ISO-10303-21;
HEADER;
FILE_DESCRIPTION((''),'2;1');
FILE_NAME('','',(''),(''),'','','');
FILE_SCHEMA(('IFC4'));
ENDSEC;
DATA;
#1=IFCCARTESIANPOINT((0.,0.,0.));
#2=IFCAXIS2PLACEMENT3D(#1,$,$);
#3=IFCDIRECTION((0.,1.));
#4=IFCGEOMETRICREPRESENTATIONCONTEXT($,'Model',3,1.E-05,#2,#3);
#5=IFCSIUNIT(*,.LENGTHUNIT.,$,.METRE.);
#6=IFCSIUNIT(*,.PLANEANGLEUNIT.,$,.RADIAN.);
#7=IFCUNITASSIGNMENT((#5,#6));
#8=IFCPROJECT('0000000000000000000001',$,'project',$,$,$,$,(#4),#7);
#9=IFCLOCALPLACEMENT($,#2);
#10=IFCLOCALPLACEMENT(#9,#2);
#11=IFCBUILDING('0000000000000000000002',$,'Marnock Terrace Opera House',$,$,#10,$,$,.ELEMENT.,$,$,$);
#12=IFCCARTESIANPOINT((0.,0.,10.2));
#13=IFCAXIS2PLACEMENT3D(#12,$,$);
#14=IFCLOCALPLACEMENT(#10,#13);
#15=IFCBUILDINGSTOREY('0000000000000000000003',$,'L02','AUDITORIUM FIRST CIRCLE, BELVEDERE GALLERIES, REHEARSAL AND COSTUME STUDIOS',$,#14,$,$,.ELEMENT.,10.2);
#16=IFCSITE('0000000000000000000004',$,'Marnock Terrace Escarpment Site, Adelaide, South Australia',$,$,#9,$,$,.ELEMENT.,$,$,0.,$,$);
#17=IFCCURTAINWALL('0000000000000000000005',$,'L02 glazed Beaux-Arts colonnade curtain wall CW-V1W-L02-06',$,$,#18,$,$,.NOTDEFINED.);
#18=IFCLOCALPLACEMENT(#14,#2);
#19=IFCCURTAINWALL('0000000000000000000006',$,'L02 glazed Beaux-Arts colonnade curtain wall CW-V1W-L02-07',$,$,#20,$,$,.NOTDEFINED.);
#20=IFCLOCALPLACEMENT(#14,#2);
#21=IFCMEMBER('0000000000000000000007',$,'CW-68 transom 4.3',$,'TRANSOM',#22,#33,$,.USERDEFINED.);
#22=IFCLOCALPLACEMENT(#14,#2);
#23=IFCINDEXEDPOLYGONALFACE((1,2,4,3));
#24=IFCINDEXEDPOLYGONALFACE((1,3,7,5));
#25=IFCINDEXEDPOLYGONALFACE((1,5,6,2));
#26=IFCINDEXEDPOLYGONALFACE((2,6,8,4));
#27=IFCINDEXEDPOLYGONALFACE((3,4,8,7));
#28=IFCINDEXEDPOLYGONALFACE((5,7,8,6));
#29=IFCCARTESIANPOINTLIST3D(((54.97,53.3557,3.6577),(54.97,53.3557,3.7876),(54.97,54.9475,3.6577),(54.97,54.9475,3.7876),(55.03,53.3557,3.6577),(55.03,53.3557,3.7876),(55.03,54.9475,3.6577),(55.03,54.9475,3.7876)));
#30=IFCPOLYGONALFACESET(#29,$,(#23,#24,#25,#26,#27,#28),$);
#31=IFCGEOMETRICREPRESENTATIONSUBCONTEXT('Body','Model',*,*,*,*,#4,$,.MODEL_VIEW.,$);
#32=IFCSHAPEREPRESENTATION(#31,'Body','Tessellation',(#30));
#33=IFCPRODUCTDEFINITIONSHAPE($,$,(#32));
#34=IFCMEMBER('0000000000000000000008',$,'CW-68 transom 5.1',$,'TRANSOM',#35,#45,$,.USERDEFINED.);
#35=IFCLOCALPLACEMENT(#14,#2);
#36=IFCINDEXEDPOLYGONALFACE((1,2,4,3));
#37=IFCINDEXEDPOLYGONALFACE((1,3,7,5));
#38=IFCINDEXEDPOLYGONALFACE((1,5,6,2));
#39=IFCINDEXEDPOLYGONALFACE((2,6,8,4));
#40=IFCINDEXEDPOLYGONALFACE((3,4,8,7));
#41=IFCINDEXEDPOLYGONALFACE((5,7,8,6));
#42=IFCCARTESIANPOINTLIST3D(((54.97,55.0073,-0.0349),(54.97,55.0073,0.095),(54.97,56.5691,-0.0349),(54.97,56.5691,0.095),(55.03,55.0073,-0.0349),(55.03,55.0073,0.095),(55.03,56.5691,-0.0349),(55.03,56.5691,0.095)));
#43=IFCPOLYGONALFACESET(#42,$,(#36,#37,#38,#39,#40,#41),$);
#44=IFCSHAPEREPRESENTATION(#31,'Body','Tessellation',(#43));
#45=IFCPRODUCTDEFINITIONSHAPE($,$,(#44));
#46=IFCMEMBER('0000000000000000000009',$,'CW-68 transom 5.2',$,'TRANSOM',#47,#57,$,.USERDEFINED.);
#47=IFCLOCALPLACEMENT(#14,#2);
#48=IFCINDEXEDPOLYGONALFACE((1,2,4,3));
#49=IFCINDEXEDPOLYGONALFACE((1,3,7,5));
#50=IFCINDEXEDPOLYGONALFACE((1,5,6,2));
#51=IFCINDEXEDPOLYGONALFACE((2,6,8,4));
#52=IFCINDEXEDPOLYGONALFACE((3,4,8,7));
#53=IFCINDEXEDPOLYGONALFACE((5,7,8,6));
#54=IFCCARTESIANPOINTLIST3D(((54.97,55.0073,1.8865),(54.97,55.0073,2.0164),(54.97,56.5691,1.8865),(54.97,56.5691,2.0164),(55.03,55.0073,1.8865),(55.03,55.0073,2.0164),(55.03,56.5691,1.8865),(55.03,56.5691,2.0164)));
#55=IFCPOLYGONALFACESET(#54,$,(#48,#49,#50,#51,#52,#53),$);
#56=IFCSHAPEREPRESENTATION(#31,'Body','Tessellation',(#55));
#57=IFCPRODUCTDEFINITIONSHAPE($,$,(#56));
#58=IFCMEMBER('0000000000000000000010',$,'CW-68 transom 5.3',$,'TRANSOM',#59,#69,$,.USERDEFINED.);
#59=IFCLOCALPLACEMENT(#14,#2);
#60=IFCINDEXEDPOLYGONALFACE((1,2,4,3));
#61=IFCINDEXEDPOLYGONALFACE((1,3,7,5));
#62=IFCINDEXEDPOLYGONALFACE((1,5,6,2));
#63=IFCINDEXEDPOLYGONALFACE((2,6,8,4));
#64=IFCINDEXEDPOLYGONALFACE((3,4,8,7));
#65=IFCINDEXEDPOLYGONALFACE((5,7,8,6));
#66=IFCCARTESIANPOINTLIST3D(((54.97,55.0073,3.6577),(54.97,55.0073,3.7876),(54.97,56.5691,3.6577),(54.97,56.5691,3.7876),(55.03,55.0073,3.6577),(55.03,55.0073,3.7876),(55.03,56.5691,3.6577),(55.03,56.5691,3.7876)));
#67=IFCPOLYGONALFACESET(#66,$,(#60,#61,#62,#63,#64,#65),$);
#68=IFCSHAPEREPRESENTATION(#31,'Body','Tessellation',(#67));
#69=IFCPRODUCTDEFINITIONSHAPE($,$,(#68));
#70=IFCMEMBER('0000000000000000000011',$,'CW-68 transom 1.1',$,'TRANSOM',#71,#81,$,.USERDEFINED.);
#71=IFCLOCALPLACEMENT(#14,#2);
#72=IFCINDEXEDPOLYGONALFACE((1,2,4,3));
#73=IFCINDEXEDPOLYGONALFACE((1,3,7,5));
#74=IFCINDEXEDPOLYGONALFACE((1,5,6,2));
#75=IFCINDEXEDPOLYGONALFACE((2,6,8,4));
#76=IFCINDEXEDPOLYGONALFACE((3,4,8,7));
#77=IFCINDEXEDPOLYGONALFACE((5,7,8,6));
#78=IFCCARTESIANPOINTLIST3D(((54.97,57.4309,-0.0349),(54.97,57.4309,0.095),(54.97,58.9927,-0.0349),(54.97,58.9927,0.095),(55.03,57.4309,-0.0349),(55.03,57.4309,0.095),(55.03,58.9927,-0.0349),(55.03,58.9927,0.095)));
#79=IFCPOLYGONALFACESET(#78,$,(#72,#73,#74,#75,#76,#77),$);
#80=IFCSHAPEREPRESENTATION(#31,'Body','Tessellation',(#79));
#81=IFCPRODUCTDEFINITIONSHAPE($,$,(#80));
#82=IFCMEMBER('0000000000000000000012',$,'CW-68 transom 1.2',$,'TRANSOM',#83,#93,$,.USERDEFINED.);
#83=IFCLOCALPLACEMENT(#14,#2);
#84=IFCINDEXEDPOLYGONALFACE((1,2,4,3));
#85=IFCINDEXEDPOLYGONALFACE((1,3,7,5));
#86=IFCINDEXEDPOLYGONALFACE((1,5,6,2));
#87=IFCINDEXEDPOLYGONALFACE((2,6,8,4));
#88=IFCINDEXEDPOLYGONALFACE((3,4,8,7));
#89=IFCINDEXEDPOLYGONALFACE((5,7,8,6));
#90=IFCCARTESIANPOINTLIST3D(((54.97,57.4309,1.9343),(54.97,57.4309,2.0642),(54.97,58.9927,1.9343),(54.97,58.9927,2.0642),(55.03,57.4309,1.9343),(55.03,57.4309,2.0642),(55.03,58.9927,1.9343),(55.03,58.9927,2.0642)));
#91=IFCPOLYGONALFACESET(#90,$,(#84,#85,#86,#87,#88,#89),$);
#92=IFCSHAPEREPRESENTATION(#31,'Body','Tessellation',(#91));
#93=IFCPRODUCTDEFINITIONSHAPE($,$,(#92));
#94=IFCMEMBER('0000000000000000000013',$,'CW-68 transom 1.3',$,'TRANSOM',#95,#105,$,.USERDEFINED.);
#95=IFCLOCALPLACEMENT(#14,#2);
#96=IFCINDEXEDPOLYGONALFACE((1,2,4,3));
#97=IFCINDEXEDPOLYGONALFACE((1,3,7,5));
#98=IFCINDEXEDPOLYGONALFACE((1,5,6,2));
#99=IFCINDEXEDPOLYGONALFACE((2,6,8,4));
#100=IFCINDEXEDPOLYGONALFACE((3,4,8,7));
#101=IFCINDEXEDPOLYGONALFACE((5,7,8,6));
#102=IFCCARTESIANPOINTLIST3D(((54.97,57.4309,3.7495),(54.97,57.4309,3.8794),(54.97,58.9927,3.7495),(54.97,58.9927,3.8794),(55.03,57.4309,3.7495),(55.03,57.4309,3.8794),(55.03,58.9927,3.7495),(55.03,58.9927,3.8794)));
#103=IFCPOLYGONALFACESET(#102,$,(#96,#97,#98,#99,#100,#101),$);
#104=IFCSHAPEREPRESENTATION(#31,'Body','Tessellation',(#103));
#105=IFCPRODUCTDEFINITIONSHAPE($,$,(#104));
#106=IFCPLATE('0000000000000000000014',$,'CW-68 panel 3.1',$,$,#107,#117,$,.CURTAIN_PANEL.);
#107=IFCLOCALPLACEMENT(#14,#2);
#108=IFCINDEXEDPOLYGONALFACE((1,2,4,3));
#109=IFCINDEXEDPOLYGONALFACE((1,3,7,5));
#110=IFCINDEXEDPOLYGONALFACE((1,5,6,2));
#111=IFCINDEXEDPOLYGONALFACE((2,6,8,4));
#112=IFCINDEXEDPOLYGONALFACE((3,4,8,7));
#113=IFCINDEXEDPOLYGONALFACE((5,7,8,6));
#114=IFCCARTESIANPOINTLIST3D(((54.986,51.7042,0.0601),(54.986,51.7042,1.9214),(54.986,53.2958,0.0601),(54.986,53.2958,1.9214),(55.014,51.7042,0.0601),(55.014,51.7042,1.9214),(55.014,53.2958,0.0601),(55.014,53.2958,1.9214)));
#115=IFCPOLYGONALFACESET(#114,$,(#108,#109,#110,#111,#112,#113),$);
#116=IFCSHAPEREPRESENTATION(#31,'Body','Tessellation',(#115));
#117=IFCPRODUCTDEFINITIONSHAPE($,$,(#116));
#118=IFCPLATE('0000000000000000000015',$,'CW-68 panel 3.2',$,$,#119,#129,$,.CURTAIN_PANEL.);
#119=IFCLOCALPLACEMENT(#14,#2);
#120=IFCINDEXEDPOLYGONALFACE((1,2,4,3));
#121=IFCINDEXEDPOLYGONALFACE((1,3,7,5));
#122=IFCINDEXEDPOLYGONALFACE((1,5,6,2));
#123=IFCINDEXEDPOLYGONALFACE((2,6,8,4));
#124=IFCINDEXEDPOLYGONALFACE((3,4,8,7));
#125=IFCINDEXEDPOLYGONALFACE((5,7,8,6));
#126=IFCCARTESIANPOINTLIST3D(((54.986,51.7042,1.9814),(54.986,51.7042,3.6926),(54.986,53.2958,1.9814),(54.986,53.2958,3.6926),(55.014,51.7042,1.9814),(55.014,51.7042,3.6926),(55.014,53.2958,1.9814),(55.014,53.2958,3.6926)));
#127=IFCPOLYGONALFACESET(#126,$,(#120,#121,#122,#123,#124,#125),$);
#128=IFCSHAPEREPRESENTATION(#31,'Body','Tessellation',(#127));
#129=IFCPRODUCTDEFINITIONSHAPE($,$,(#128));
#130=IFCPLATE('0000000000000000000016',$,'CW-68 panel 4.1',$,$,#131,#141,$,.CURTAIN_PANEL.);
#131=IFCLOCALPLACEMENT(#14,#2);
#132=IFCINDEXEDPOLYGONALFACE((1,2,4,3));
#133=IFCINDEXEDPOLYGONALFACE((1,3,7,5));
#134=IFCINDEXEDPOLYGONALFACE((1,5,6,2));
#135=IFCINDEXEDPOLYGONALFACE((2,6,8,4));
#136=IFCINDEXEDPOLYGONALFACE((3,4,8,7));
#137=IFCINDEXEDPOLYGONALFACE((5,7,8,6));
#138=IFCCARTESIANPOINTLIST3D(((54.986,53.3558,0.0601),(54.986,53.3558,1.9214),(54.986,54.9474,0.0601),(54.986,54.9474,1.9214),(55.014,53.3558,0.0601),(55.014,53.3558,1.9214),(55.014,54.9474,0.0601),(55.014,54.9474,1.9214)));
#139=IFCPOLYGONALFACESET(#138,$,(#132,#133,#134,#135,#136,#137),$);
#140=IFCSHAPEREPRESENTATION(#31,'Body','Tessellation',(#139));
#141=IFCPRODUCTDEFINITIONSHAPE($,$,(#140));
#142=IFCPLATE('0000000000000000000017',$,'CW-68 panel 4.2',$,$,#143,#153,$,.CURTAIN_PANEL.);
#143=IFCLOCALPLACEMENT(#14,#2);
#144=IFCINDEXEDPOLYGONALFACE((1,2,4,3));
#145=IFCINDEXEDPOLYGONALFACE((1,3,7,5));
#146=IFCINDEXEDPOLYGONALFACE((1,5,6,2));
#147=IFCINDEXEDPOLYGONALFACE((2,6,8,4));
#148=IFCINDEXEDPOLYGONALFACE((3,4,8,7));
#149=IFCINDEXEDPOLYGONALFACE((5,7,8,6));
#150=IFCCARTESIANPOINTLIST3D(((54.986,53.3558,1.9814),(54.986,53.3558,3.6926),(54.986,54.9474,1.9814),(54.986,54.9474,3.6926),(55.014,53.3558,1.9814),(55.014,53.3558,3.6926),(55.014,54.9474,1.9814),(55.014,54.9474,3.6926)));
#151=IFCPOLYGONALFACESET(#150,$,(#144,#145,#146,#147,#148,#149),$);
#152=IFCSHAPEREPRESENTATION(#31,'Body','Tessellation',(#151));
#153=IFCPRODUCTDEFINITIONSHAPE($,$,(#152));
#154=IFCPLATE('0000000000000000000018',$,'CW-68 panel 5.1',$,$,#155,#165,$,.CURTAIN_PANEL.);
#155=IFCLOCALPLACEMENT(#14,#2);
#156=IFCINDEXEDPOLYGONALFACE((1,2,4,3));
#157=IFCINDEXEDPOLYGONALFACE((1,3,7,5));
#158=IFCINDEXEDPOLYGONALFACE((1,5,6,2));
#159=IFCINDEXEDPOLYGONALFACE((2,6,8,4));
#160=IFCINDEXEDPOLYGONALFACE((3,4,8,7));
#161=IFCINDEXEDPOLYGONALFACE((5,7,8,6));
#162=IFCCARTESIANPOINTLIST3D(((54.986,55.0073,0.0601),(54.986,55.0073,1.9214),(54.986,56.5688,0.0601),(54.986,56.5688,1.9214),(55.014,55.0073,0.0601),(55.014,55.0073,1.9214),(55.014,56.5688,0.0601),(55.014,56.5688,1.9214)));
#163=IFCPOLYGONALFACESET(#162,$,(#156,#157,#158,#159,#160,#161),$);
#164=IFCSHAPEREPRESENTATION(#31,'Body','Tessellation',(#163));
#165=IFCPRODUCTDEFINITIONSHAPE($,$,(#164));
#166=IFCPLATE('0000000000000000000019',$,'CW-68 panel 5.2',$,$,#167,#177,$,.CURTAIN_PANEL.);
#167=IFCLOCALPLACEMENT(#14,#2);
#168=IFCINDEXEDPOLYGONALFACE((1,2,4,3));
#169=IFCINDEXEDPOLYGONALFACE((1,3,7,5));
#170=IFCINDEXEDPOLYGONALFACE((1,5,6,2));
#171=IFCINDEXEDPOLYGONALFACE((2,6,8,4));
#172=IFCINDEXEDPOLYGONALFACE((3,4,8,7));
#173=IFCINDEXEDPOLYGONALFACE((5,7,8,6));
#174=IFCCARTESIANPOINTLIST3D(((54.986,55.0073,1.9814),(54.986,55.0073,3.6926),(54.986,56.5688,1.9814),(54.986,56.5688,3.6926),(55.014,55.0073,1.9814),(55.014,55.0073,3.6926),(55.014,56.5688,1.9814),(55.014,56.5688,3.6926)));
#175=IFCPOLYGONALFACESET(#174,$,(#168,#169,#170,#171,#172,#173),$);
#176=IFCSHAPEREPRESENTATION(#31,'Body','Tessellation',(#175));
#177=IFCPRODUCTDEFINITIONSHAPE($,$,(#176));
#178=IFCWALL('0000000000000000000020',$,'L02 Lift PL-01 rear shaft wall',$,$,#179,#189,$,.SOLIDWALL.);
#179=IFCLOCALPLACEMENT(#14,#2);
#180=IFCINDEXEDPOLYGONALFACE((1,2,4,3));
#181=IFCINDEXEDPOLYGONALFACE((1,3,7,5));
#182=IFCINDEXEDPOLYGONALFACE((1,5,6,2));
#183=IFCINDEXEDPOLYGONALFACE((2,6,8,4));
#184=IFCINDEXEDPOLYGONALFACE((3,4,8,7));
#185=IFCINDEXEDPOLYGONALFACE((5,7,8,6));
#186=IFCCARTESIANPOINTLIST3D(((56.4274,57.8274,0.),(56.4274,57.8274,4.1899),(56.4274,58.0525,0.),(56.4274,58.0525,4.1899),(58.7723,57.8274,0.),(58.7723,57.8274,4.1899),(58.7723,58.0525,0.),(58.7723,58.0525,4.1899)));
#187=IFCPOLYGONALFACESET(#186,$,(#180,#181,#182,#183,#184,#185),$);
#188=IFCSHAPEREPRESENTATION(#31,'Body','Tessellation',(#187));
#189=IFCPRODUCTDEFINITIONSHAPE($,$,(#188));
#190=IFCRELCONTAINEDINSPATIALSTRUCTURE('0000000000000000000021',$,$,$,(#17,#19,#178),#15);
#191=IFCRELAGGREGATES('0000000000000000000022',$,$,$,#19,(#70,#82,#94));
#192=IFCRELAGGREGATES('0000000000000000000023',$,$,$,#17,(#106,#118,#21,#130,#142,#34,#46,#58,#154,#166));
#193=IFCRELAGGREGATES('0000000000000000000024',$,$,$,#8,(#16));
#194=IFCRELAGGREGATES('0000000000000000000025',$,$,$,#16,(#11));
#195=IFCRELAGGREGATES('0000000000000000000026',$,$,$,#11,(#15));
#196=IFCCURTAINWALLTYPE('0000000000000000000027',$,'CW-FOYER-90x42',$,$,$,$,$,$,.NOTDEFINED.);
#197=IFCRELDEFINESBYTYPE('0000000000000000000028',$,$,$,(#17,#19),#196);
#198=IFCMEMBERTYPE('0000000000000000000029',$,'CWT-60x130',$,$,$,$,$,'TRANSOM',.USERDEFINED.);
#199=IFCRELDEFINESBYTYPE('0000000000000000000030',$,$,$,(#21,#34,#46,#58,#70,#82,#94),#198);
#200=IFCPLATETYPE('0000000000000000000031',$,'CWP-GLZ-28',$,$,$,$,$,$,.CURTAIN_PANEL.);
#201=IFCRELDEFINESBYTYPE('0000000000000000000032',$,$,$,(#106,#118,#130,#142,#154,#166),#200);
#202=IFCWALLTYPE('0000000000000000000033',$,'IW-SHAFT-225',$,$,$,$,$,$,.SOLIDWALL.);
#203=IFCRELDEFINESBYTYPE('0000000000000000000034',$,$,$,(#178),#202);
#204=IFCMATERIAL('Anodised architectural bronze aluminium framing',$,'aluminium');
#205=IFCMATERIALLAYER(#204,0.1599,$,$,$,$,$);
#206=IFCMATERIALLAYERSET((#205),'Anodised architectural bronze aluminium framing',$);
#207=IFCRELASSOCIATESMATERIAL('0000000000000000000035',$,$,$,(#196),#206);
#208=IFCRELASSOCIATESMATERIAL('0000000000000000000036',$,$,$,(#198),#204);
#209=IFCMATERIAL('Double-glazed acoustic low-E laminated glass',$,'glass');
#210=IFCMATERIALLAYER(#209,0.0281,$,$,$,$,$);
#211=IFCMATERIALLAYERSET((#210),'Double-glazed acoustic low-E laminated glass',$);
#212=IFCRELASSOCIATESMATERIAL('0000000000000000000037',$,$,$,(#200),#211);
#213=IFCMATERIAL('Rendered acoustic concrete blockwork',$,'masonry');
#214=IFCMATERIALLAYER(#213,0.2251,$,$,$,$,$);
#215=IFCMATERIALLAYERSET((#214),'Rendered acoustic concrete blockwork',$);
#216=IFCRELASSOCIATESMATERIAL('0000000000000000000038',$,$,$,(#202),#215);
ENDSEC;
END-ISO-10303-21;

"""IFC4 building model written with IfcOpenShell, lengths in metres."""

from ifc_helpers import new_model, si_unit, direction, frame, frame_2d, origin, origin_2d, place, context, subcontext, project, spatial, rectangle, extrude, material, layer, layer_set, material_profile, profile_set, type_object, element, aggregate, save


model = new_model("IFC4")

# Units and contexts
model_context = context("Model", 3, precision=1e-05, world=origin(), true_north=direction((0.0, 1.0)))
body_context = subcontext(model_context, "Body", "Model", "MODEL_VIEW")
ifc_project = project(units=[si_unit("LENGTHUNIT", "METRE"), si_unit("PLANEANGLEUNIT", "RADIAN")], contexts=[model_context])

# Site, building, storey
site_placement = place(None, origin())
site = spatial("IfcSite", under=ifc_project, at=site_placement, Name="Marnock Terrace Escarpment Site, Adelaide, South Australia", CompositionType="ELEMENT", RefElevation=0.0)
building_placement = place(site_placement, origin())
building = spatial("IfcBuilding", under=site, at=building_placement, Name="Marnock Terrace Opera House", CompositionType="ELEMENT")
storey_placement = place(building_placement, frame((0.0, 0.0, 10.2)))
storey = spatial("IfcBuildingStorey", under=building, at=storey_placement, Name="L02", Description="AUDITORIUM FIRST CIRCLE, BELVEDERE GALLERIES, REHEARSAL AND COSTUME STUDIOS", CompositionType="ELEMENT", Elevation=10.2)

# Curtain wall
ifc_material_1 = material(Name="Anodised architectural bronze aluminium framing", Category="aluminium")
ifc_layer_1 = layer(ifc_material_1, 0.1599)
ifc_layer_set_1 = layer_set([ifc_layer_1], Name="Anodised architectural bronze aluminium framing")
curtain_wall_type = type_object("IfcCurtainWallType", Name="CW-FOYER-90x42", PredefinedType="NOTDEFINED", material=ifc_layer_set_1)
curtain_wall_1_placement = place(storey_placement, origin())
curtain_wall_1 = element("IfcCurtainWall", 1, at=curtain_wall_1_placement, inside=storey, type_object=curtain_wall_type, Name="L02 glazed Beaux-Arts colonnade curtain wall CW-V1W-L02-06", PredefinedType="NOTDEFINED")

# Curtain wall
curtain_wall_2_placement = place(storey_placement, origin())
curtain_wall_2 = element("IfcCurtainWall", 2, at=curtain_wall_2_placement, inside=storey, type_object=curtain_wall_type, Name="L02 glazed Beaux-Arts colonnade curtain wall CW-V1W-L02-07", PredefinedType="NOTDEFINED")

# Members
ifc_material_profile_1 = material_profile(ifc_material_1, rectangle(XDim=0.0601, YDim=0.1299, at=origin_2d()))
ifc_profile_set_1 = profile_set([ifc_material_profile_1], Name="Anodised architectural bronze aluminium framing")
member_type_1 = type_object("IfcMemberType", Name="CWT-60x130", ElementType="TRANSOM", PredefinedType="USERDEFINED", material=ifc_profile_set_1)
member_1_placement = place(storey_placement, frame((55.0, 53.3557, 3.7227), z_axis=(0.0, 1.0, 0.0), x_axis=(-1.0, 0.0, 0.0)))
member_1 = element("IfcMember", 3, at=member_1_placement, type_object=member_type_1, Name="CW-68 transom 4.3", ObjectType="TRANSOM", PredefinedType="USERDEFINED", context=body_context, shape_type="SweptSolid", body=[
    extrude(rectangle(XDim=0.0601, YDim=0.1299, at=origin_2d()), origin(), (0.0, 0.0, 1.0), 1.5918),
])
member_2_placement = place(storey_placement, frame((55.0, 55.0073, 0.03), z_axis=(0.0, 1.0, 0.0), x_axis=(-1.0, 0.0, 0.0)))
member_2 = element("IfcMember", 4, at=member_2_placement, type_object=member_type_1, Name="CW-68 transom 5.1", ObjectType="TRANSOM", PredefinedType="USERDEFINED", context=body_context, shape_type="SweptSolid", body=[
    extrude(rectangle(XDim=0.0601, YDim=0.1299, at=origin_2d()), origin(), (0.0, 0.0, 1.0), 1.5618),
])
member_3_placement = place(storey_placement, frame((55.0, 55.0073, 1.9514), z_axis=(0.0, 1.0, 0.0), x_axis=(-1.0, 0.0, 0.0)))
member_3 = element("IfcMember", 5, at=member_3_placement, type_object=member_type_1, Name="CW-68 transom 5.2", ObjectType="TRANSOM", PredefinedType="USERDEFINED", context=body_context, shape_type="SweptSolid", body=[
    extrude(rectangle(XDim=0.0601, YDim=0.1299, at=origin_2d()), origin(), (0.0, 0.0, 1.0), 1.5618),
])
member_4_placement = place(storey_placement, frame((55.0, 55.0073, 3.7227), z_axis=(0.0, 1.0, 0.0), x_axis=(-1.0, 0.0, 0.0)))
member_4 = element("IfcMember", 6, at=member_4_placement, type_object=member_type_1, Name="CW-68 transom 5.3", ObjectType="TRANSOM", PredefinedType="USERDEFINED", context=body_context, shape_type="SweptSolid", body=[
    extrude(rectangle(XDim=0.0601, YDim=0.1299, at=origin_2d()), origin(), (0.0, 0.0, 1.0), 1.5618),
])
member_5_placement = place(storey_placement, frame((55.0, 57.4309, 0.03), z_axis=(0.0, 1.0, 0.0), x_axis=(-1.0, 0.0, 0.0)))
member_5 = element("IfcMember", 7, at=member_5_placement, type_object=member_type_1, Name="CW-68 transom 1.1", ObjectType="TRANSOM", PredefinedType="USERDEFINED", context=body_context, shape_type="SweptSolid", body=[
    extrude(rectangle(XDim=0.0601, YDim=0.1299, at=origin_2d()), origin(), (0.0, 0.0, 1.0), 1.5618),
])
member_6_placement = place(storey_placement, frame((55.0, 57.4309, 1.9993), z_axis=(0.0, 1.0, 0.0), x_axis=(-1.0, 0.0, 0.0)))
member_6 = element("IfcMember", 8, at=member_6_placement, type_object=member_type_1, Name="CW-68 transom 1.2", ObjectType="TRANSOM", PredefinedType="USERDEFINED", context=body_context, shape_type="SweptSolid", body=[
    extrude(rectangle(XDim=0.0601, YDim=0.1299, at=origin_2d()), origin(), (0.0, 0.0, 1.0), 1.5618),
])
member_7_placement = place(storey_placement, frame((55.0, 57.4309, 3.8145), z_axis=(0.0, 1.0, 0.0), x_axis=(-1.0, 0.0, 0.0)))
member_7 = element("IfcMember", 9, at=member_7_placement, type_object=member_type_1, Name="CW-68 transom 1.3", ObjectType="TRANSOM", PredefinedType="USERDEFINED", context=body_context, shape_type="SweptSolid", body=[
    extrude(rectangle(XDim=0.0601, YDim=0.1299, at=origin_2d()), origin(), (0.0, 0.0, 1.0), 1.5618),
])
aggregate(curtain_wall_2, [member_5, member_6, member_7])

# Plates
ifc_material_2 = material(Name="Double-glazed acoustic low-E laminated glass", Category="glass")
ifc_layer_2 = layer(ifc_material_2, 0.0281)
ifc_layer_set_2 = layer_set([ifc_layer_2], Name="Double-glazed acoustic low-E laminated glass")
plate_type = type_object("IfcPlateType", Name="CWP-GLZ-28", PredefinedType="CURTAIN_PANEL", material=ifc_layer_set_2)
plate_1_placement = place(storey_placement, frame((55.0, 52.5, 0.0601), z_axis=(0.0, 0.0, 1.0), x_axis=(0.0, 1.0, 0.0)))
plate_1 = element("IfcPlate", 10, at=plate_1_placement, type_object=plate_type, Name="CW-68 panel 3.1", PredefinedType="CURTAIN_PANEL", context=body_context, shape_type="SweptSolid", body=[
    extrude(rectangle(XDim=1.5916, YDim=0.0281, at=origin_2d()), origin(), (0.0, 0.0, 1.0), 1.8613),
])
plate_2_placement = place(storey_placement, frame((55.0, 52.5, 1.9814), z_axis=(0.0, 0.0, 1.0), x_axis=(0.0, 1.0, 0.0)))
plate_2 = element("IfcPlate", 11, at=plate_2_placement, type_object=plate_type, Name="CW-68 panel 3.2", PredefinedType="CURTAIN_PANEL", context=body_context, shape_type="SweptSolid", body=[
    extrude(rectangle(XDim=1.5916, YDim=0.0281, at=origin_2d()), origin(), (0.0, 0.0, 1.0), 1.7112),
])
plate_3_placement = place(storey_placement, frame((55.0, 54.1516, 0.0601), z_axis=(0.0, 0.0, 1.0), x_axis=(0.0, 1.0, 0.0)))
plate_3 = element("IfcPlate", 12, at=plate_3_placement, type_object=plate_type, Name="CW-68 panel 4.1", PredefinedType="CURTAIN_PANEL", context=body_context, shape_type="SweptSolid", body=[
    extrude(rectangle(XDim=1.5916, YDim=0.0281, at=origin_2d()), origin(), (0.0, 0.0, 1.0), 1.8613),
])
plate_4_placement = place(storey_placement, frame((55.0, 54.1516, 1.9814), z_axis=(0.0, 0.0, 1.0), x_axis=(0.0, 1.0, 0.0)))
plate_4 = element("IfcPlate", 13, at=plate_4_placement, type_object=plate_type, Name="CW-68 panel 4.2", PredefinedType="CURTAIN_PANEL", context=body_context, shape_type="SweptSolid", body=[
    extrude(rectangle(XDim=1.5916, YDim=0.0281, at=origin_2d()), origin(), (0.0, 0.0, 1.0), 1.7112),
])
plate_5_placement = place(storey_placement, frame((55.0, 55.7881, 0.0601), z_axis=(0.0, 0.0, 1.0), x_axis=(0.0, 1.0, 0.0)))
plate_5 = element("IfcPlate", 14, at=plate_5_placement, type_object=plate_type, Name="CW-68 panel 5.1", PredefinedType="CURTAIN_PANEL", context=body_context, shape_type="SweptSolid", body=[
    extrude(rectangle(XDim=1.5615, YDim=0.0281, at=origin_2d()), origin(), (0.0, 0.0, 1.0), 1.8613),
])
plate_6_placement = place(storey_placement, frame((55.0, 55.7881, 1.9814), z_axis=(0.0, 0.0, 1.0), x_axis=(0.0, 1.0, 0.0)))
plate_6 = element("IfcPlate", 15, at=plate_6_placement, type_object=plate_type, Name="CW-68 panel 5.2", PredefinedType="CURTAIN_PANEL", context=body_context, shape_type="SweptSolid", body=[
    extrude(rectangle(XDim=1.5615, YDim=0.0281, at=origin_2d()), origin(), (0.0, 0.0, 1.0), 1.7112),
])
aggregate(curtain_wall_1, [plate_1, plate_2, member_1, plate_3, plate_4, member_2, member_3, member_4, plate_5, plate_6])

# Wall
ifc_material_3 = material(Name="Rendered acoustic concrete blockwork", Category="masonry")
ifc_layer_3 = layer(ifc_material_3, 0.2251)
ifc_layer_set_3 = layer_set([ifc_layer_3], Name="Rendered acoustic concrete blockwork")
wall_type_1 = type_object("IfcWallType", Name="IW-SHAFT-225", PredefinedType="SOLIDWALL", material=ifc_layer_set_3)
wall_1_placement = place(storey_placement, frame((56.4275, 57.9399, 0.0), z_axis=(0.0, 0.0, 1.0), x_axis=(1.0, 0.0, 0.0)))
element("IfcWall", 16, at=wall_1_placement, inside=storey, type_object=wall_type_1, Name="L02 Lift PL-01 rear shaft wall", PredefinedType="SOLIDWALL", context=body_context, shape_type="SweptSolid", body=[
    extrude(rectangle(XDim=2.345, YDim=0.2251, at=frame_2d((1.1724, 0.0))), origin(), (0.0, 0.0, 1.0), 4.1899),
])

save(model, "model.ifc")
